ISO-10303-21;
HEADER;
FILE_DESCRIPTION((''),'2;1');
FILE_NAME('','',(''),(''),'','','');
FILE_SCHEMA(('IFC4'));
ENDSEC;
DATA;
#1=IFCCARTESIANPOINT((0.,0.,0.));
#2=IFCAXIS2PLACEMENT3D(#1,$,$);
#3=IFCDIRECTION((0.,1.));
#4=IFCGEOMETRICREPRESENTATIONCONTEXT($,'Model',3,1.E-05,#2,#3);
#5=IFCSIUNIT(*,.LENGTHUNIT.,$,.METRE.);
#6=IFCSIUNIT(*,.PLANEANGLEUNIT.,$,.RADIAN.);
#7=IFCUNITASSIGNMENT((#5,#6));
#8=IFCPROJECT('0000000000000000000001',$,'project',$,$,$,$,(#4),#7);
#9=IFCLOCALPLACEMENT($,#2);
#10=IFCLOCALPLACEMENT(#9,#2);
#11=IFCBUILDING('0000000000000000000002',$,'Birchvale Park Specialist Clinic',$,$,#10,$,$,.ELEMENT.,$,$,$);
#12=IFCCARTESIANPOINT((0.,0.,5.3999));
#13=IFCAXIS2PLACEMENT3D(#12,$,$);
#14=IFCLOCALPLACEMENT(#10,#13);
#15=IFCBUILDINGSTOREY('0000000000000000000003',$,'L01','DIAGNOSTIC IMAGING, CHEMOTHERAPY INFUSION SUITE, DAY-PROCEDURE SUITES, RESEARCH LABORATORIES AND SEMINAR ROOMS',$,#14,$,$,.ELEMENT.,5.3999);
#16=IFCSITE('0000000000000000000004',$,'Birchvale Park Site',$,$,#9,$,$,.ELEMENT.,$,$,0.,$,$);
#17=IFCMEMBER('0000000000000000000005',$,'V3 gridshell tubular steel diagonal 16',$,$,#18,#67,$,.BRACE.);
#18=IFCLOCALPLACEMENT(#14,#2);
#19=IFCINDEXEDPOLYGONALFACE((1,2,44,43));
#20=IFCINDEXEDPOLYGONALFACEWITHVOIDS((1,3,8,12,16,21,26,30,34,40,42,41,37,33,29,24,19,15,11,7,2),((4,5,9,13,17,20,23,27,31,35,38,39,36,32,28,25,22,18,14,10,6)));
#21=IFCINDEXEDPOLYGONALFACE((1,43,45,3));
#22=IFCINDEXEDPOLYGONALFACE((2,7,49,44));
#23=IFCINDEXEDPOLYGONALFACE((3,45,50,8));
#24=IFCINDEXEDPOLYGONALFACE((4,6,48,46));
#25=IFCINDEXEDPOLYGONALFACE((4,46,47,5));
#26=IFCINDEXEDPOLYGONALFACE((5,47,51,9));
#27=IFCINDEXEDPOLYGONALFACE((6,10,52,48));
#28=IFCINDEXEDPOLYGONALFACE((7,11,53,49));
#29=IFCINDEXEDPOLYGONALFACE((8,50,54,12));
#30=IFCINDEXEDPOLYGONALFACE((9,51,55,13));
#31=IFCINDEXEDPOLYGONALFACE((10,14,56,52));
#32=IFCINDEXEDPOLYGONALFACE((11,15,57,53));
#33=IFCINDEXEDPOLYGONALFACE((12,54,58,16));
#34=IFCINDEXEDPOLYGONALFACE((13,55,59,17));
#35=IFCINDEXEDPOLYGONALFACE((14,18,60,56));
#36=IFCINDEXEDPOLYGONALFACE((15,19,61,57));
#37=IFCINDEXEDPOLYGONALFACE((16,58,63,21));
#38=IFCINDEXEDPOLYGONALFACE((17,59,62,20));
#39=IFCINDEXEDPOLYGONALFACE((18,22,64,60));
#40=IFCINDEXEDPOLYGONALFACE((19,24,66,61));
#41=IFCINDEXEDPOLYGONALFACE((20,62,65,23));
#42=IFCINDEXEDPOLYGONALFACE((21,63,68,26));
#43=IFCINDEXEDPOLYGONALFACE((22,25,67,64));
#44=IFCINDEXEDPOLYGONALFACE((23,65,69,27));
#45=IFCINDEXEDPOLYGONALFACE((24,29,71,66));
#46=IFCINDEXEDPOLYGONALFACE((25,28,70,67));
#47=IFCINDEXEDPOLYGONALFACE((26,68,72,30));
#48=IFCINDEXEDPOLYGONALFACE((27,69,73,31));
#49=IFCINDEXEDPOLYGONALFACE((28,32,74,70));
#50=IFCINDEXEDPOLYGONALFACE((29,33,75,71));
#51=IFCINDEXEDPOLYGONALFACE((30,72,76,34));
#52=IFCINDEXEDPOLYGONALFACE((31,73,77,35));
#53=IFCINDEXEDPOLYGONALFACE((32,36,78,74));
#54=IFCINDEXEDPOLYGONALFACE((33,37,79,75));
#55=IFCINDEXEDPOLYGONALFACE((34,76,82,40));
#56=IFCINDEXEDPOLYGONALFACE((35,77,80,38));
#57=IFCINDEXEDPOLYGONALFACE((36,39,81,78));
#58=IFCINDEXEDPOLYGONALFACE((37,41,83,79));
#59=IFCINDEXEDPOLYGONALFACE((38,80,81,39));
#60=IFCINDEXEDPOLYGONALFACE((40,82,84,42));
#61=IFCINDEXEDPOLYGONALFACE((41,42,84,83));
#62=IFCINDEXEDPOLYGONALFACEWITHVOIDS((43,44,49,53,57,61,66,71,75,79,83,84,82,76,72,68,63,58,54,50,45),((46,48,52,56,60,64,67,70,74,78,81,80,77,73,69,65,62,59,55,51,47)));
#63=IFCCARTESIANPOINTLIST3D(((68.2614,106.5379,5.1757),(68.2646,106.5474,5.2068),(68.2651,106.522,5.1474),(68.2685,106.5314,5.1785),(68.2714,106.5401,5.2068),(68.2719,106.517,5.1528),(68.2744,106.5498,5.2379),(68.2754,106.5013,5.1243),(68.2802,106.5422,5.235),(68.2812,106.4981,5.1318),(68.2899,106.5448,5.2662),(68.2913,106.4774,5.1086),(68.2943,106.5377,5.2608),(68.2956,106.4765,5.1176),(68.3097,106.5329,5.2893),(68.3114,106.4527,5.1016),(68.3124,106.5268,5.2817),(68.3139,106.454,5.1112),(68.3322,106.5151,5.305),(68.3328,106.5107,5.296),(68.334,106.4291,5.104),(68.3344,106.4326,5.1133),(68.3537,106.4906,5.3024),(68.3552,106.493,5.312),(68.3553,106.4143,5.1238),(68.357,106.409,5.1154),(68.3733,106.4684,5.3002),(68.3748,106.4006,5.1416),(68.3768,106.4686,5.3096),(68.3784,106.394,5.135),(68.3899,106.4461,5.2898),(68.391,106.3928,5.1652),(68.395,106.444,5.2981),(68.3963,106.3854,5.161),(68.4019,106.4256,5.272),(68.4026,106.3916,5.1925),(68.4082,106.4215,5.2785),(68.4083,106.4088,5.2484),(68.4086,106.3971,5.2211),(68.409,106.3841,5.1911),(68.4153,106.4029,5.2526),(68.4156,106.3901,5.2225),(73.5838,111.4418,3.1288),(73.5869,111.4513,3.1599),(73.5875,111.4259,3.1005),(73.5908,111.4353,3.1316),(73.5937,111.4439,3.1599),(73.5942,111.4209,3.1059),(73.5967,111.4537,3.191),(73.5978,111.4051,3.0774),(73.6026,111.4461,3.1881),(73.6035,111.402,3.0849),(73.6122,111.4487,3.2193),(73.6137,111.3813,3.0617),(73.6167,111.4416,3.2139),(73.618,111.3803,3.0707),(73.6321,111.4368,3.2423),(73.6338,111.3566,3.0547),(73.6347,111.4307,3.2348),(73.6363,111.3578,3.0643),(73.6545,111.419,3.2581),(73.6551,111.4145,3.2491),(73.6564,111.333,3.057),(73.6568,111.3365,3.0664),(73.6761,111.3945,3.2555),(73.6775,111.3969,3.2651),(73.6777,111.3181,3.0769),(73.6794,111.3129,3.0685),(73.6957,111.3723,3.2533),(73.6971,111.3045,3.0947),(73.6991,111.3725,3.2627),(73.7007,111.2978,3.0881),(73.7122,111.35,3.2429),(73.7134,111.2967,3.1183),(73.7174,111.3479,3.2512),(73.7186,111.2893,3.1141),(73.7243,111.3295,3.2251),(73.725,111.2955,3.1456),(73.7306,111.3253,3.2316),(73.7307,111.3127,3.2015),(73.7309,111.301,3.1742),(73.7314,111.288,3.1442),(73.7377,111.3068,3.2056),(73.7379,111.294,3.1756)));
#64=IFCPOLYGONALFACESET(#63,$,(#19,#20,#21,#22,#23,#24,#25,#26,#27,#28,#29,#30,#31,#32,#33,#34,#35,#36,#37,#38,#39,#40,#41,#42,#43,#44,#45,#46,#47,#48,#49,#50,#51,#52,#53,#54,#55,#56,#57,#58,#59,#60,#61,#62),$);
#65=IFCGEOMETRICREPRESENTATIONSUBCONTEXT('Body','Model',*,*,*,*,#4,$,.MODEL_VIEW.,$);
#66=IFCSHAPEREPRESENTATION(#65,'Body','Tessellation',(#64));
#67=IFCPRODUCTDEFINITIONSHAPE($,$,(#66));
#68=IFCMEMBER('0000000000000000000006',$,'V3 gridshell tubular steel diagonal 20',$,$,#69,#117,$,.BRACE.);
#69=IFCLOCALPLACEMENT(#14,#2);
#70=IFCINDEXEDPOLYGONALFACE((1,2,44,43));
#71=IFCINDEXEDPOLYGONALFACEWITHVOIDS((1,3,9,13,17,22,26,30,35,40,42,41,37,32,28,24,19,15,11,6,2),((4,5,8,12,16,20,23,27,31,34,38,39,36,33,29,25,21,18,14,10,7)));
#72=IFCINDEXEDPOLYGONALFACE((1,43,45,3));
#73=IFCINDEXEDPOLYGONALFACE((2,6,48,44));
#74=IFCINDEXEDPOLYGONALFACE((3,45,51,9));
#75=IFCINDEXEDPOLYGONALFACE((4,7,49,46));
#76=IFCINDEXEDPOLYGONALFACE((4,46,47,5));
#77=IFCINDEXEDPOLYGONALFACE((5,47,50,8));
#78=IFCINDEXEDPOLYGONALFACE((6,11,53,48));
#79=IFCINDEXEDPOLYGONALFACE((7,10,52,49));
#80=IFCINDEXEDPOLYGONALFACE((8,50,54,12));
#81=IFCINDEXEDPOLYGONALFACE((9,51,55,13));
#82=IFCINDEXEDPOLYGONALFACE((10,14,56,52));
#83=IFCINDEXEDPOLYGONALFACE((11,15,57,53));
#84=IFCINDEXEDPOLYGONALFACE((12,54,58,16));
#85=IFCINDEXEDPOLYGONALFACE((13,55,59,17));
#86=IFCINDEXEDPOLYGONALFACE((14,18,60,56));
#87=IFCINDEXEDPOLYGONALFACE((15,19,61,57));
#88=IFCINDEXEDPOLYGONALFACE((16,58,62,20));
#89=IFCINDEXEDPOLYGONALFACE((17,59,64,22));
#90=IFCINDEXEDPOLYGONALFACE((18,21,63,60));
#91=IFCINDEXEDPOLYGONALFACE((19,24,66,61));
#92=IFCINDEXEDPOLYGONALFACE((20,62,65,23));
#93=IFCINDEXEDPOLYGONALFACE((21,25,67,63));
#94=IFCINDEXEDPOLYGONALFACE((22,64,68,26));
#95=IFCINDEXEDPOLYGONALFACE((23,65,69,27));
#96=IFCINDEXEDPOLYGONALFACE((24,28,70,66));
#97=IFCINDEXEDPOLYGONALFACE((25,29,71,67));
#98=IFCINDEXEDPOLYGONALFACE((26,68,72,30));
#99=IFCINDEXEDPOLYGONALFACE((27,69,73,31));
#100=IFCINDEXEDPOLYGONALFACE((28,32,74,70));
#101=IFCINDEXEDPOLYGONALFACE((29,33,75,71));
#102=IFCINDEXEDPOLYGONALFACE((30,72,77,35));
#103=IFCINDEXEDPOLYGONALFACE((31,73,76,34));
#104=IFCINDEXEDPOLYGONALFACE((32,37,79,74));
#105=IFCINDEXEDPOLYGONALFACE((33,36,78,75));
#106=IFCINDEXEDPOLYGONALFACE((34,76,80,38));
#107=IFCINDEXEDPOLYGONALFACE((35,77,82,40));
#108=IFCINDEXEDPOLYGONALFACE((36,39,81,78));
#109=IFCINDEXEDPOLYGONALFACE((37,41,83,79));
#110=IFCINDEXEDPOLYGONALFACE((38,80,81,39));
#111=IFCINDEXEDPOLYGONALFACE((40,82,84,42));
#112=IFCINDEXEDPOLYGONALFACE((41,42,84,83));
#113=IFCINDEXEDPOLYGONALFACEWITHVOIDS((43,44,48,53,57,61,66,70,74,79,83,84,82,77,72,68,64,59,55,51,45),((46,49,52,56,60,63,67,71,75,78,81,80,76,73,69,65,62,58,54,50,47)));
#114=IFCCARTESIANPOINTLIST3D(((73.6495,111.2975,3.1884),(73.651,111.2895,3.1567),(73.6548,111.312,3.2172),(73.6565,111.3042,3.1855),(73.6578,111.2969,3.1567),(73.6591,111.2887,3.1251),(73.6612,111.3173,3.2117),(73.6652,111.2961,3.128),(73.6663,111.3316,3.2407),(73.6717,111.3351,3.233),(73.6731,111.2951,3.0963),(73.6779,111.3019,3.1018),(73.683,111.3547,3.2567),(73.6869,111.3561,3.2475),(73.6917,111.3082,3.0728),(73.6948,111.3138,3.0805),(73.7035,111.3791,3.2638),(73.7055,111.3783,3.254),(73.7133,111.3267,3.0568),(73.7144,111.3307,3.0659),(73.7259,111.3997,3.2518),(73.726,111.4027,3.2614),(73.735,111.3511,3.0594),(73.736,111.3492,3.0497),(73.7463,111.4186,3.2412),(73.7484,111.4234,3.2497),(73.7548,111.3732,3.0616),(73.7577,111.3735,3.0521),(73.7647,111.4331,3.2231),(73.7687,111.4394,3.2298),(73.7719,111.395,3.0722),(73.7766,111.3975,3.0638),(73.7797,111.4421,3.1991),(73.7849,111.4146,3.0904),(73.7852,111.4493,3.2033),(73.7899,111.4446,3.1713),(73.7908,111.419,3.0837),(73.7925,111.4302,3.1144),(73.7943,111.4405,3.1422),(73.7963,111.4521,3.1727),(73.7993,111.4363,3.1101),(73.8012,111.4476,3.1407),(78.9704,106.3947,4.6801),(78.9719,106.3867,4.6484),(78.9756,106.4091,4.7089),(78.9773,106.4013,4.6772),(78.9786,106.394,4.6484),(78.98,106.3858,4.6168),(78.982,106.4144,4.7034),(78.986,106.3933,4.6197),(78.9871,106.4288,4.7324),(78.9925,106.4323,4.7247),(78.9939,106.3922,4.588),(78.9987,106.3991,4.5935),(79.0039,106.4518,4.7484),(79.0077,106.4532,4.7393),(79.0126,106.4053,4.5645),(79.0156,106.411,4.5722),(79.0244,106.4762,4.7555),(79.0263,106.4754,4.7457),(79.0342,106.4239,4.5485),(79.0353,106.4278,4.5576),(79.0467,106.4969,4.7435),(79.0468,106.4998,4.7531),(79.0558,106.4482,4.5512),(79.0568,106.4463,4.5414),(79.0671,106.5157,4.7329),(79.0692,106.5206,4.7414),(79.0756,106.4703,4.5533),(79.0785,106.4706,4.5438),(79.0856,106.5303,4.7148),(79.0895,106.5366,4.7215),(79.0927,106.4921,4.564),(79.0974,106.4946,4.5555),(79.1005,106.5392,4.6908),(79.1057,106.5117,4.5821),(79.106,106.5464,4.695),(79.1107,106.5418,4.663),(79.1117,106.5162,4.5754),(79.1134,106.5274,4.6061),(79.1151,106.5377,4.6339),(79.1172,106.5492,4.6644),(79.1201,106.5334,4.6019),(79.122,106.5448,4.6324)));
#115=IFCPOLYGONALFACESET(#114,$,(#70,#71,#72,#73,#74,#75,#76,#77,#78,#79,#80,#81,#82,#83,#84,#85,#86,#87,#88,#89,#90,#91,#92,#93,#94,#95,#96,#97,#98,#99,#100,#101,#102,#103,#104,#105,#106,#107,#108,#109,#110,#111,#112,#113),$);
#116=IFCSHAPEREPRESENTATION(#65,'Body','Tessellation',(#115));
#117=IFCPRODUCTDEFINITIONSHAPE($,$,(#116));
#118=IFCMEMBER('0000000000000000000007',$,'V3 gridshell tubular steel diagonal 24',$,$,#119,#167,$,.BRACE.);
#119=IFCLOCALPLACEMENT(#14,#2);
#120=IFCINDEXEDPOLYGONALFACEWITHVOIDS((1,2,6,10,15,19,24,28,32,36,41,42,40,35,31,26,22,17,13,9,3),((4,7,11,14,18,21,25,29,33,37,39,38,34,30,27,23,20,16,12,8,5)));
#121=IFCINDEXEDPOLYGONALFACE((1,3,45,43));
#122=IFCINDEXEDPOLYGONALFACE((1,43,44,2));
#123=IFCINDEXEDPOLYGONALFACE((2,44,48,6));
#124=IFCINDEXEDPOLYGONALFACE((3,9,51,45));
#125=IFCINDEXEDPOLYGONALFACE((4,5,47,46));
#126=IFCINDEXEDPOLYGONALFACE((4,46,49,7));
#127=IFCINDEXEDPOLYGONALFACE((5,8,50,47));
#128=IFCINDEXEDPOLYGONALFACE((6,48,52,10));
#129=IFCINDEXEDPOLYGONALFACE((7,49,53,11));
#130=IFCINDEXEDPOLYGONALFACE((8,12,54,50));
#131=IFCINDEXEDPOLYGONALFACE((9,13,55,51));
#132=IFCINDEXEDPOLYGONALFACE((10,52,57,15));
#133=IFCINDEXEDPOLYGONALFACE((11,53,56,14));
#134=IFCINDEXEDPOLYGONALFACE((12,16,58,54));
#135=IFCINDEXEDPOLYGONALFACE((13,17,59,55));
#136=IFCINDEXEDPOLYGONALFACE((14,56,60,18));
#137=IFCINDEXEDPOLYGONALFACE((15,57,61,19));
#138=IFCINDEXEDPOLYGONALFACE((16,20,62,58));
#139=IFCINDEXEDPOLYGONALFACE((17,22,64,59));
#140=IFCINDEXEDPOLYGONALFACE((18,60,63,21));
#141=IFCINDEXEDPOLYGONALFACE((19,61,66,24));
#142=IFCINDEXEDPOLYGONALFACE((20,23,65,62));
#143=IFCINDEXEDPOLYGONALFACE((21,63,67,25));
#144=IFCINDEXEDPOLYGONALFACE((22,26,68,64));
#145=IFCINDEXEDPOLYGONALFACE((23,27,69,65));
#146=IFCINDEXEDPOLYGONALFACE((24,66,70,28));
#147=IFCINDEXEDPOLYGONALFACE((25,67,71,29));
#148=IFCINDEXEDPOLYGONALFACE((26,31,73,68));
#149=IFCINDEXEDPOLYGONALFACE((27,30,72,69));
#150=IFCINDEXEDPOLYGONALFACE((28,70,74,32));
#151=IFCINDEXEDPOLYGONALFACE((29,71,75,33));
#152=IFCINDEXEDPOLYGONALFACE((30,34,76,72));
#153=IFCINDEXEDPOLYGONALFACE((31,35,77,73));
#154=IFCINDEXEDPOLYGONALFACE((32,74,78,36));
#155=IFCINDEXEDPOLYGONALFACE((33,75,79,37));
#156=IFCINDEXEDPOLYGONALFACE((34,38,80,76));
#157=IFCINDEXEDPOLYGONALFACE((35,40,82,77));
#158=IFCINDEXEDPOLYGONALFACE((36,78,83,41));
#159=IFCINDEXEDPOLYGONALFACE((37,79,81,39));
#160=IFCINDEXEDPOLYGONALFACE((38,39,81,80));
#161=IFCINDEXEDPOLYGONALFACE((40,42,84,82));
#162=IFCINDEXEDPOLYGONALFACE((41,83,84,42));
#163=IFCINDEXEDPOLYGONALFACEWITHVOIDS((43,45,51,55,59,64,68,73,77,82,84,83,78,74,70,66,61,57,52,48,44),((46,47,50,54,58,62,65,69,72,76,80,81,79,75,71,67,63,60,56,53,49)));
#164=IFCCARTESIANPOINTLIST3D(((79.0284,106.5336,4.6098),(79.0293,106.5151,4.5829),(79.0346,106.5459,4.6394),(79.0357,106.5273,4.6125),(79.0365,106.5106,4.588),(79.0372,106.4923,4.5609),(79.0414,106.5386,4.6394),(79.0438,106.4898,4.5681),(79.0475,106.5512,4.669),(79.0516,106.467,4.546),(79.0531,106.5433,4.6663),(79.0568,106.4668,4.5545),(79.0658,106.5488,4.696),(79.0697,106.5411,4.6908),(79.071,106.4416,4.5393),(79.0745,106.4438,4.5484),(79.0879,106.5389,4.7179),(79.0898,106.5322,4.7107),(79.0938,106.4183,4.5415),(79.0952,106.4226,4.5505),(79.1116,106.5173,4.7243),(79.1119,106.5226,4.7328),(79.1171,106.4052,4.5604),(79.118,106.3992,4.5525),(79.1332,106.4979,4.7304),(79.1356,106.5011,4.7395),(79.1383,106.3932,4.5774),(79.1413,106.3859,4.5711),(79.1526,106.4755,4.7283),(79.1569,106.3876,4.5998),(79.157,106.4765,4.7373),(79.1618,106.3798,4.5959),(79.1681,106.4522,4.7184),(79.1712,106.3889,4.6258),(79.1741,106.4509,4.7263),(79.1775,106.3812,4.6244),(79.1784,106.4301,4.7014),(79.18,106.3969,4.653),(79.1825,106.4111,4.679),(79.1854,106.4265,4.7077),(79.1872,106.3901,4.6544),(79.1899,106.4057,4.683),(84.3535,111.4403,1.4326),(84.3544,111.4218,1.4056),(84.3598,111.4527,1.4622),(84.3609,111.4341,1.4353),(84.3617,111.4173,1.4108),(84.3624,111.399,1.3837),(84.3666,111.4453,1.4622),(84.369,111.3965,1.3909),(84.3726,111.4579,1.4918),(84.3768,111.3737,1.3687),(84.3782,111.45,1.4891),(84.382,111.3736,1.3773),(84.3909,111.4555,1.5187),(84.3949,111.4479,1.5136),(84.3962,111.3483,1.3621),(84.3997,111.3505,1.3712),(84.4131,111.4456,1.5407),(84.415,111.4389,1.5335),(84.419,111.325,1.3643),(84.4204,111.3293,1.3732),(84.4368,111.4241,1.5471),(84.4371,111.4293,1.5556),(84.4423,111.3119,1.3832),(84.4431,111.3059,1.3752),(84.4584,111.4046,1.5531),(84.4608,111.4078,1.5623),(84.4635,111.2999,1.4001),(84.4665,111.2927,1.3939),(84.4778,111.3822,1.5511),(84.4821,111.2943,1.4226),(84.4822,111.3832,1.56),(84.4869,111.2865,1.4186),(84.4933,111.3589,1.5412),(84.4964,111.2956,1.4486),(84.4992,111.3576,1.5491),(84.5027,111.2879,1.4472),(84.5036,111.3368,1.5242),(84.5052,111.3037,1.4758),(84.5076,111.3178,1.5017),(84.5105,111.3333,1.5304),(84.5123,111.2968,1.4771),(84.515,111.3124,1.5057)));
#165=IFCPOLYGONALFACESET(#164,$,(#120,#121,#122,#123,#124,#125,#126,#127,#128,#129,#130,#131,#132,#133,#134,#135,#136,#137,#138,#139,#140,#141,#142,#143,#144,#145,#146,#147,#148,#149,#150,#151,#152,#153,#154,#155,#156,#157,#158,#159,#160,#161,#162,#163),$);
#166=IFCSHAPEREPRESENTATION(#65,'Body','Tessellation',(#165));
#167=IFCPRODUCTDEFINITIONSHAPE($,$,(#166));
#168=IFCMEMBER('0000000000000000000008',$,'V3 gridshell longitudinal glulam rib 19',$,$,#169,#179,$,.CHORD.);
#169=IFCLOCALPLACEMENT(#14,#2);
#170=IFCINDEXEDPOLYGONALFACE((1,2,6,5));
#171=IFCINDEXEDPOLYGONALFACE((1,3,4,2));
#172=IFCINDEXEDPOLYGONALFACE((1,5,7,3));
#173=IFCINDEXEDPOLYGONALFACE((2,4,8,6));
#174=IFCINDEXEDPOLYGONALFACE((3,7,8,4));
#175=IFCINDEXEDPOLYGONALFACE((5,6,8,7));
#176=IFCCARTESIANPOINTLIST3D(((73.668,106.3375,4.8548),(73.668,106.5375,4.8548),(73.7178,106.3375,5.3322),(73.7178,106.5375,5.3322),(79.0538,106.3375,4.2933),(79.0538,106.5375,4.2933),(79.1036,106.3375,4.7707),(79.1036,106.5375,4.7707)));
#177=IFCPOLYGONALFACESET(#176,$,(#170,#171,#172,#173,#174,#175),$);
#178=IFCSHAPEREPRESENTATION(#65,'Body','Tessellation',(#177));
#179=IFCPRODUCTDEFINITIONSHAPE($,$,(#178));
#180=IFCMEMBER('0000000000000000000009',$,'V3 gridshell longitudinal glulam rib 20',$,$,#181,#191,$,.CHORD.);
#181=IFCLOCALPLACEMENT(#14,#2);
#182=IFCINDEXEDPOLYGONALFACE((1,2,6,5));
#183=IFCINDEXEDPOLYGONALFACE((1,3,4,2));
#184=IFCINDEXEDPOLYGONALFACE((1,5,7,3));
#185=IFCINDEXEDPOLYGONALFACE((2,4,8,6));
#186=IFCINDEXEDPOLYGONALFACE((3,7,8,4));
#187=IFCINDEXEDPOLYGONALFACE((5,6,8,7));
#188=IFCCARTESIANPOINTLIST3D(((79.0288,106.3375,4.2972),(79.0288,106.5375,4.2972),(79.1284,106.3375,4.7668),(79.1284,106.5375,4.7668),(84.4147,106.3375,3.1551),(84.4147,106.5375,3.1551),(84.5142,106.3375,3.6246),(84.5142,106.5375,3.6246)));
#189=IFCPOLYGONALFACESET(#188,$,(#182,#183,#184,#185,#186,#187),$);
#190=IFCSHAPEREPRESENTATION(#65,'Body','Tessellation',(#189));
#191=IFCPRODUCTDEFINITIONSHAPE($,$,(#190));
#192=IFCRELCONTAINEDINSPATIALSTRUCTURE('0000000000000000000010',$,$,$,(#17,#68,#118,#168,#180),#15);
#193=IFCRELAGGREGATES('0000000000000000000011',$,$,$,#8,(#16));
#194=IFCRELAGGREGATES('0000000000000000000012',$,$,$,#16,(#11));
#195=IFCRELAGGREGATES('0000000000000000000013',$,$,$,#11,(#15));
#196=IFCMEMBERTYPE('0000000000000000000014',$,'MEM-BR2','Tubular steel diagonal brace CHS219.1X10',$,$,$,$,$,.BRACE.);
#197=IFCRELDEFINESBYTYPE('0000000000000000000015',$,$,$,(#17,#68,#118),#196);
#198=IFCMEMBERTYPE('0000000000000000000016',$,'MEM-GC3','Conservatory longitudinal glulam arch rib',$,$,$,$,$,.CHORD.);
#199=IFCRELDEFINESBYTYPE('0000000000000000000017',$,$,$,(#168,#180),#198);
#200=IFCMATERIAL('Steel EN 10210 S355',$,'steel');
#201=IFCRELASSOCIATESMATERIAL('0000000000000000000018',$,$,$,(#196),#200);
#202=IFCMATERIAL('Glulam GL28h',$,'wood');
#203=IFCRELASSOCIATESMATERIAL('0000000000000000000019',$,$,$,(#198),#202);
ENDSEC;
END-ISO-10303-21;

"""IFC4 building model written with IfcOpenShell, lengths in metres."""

from ifc_helpers import new_model, si_unit, direction, frame, origin, origin_2d, place, context, subcontext, project, spatial, rectangle, hollow_circle, extrude, material, material_profile, profile_set, type_object, element, save


model = new_model("IFC4")

# Units and contexts
model_context = context("Model", 3, precision=1e-05, world=origin(), true_north=direction((0.0, 1.0)))
body_context = subcontext(model_context, "Body", "Model", "MODEL_VIEW")
ifc_project = project(units=[si_unit("LENGTHUNIT", "METRE"), si_unit("PLANEANGLEUNIT", "RADIAN")], contexts=[model_context])

# Site, building, storey
site_placement = place(None, origin())
site = spatial("IfcSite", under=ifc_project, at=site_placement, Name="Birchvale Park Site", CompositionType="ELEMENT", RefElevation=0.0)
building_placement = place(site_placement, origin())
building = spatial("IfcBuilding", under=site, at=building_placement, Name="Birchvale Park Specialist Clinic", CompositionType="ELEMENT")
storey_placement = place(building_placement, frame((0.0, 0.0, 5.3999)))
storey = spatial("IfcBuildingStorey", under=building, at=storey_placement, Name="L01", Description="DIAGNOSTIC IMAGING, CHEMOTHERAPY INFUSION SUITE, DAY-PROCEDURE SUITES, RESEARCH LABORATORIES AND SEMINAR ROOMS", CompositionType="ELEMENT", Elevation=5.3999)

# Members
ifc_material_1 = material(Name="Steel EN 10210 S355", Category="steel")
ifc_material_profile_1 = material_profile(ifc_material_1, hollow_circle(Radius=0.1096, WallThickness=0.01, at=origin_2d()), Name="CHS219.1X10")
ifc_profile_set_1 = profile_set([ifc_material_profile_1], Name="Steel EN 10210 S355")
member_type_1 = type_object("IfcMemberType", Name="MEM-BR2", Description="Tubular steel diagonal brace CHS219.1X10", PredefinedType="BRACE", material=ifc_profile_set_1)
member_1_placement = place(storey_placement, frame((68.3389, 106.4668, 5.2068), z_axis=(0.707666, 0.652026, -0.272159), x_axis=(-0.677604, 0.735427, 0.0)))
element("IfcMember", 1, at=member_1_placement, inside=storey, type_object=member_type_1, Name="V3 gridshell tubular steel diagonal 16", PredefinedType="BRACE", context=body_context, shape_type="SweptSolid", body=[
    extrude(hollow_circle(Radius=0.1096, WallThickness=0.01, at=origin_2d()), origin(), (0.0, 0.0, 1.0), 7.521),
])
member_2_placement = place(storey_placement, frame((79.0461, 106.4673, 4.6484), z_axis=(-0.720252, 0.663674, -0.201924), x_axis=(-0.677632, -0.735401, 0.0)))
element("IfcMember", 2, at=member_2_placement, inside=storey, type_object=member_type_1, Name="V3 gridshell tubular steel diagonal 20", PredefinedType="BRACE", context=body_context, shape_type="SweptSolid", body=[
    extrude(hollow_circle(Radius=0.1096, WallThickness=0.01, at=origin_2d()), origin(), (0.0, 0.0, 1.0), 7.3875),
])
member_3_placement = place(storey_placement, frame((79.1089, 106.4653, 4.6394), z_axis=(0.673435, 0.620516, -0.401801), x_axis=(-0.677622, 0.735411, 0.0)))
element("IfcMember", 3, at=member_3_placement, inside=storey, type_object=member_type_1, Name="V3 gridshell tubular steel diagonal 24", PredefinedType="BRACE", context=body_context, shape_type="SweptSolid", body=[
    extrude(hollow_circle(Radius=0.1096, WallThickness=0.01, at=origin_2d()), origin(), (0.0, 0.0, 1.0), 7.9075),
])
ifc_material_2 = material(Name="Glulam GL28h", Category="wood")
ifc_material_profile_2 = material_profile(ifc_material_2, rectangle(XDim=0.2, YDim=0.48, at=origin_2d()), Name="GL-200x480")
ifc_profile_set_2 = profile_set([ifc_material_profile_2], Name="Glulam GL28h")
member_type_2 = type_object("IfcMemberType", Name="MEM-GC3", Description="Conservatory longitudinal glulam arch rib", PredefinedType="CHORD", material=ifc_profile_set_2)
member_4_placement = place(storey_placement, frame((73.6929, 106.4375, 5.0935), z_axis=(0.994609, 0.0, -0.103699), x_axis=(0.0, 1.0, 0.0)))
element("IfcMember", 4, at=member_4_placement, inside=storey, type_object=member_type_2, Name="V3 gridshell longitudinal glulam rib 19", PredefinedType="CHORD", context=body_context, shape_type="SweptSolid", body=[
    extrude(rectangle(XDim=0.2, YDim=0.48, at=origin_2d()), origin(), (0.0, 0.0, 1.0), 5.415),
])
member_5_placement = place(storey_placement, frame((79.0786, 106.4375, 4.532), z_axis=(0.978247, 0.0, -0.207445), x_axis=(0.0, 1.0, 0.0)))
element("IfcMember", 5, at=member_5_placement, inside=storey, type_object=member_type_2, Name="V3 gridshell longitudinal glulam rib 20", PredefinedType="CHORD", context=body_context, shape_type="SweptSolid", body=[
    extrude(rectangle(XDim=0.2, YDim=0.48, at=origin_2d()), origin(), (0.0, 0.0, 1.0), 5.5056),
])

save(model, "model.ifc")
